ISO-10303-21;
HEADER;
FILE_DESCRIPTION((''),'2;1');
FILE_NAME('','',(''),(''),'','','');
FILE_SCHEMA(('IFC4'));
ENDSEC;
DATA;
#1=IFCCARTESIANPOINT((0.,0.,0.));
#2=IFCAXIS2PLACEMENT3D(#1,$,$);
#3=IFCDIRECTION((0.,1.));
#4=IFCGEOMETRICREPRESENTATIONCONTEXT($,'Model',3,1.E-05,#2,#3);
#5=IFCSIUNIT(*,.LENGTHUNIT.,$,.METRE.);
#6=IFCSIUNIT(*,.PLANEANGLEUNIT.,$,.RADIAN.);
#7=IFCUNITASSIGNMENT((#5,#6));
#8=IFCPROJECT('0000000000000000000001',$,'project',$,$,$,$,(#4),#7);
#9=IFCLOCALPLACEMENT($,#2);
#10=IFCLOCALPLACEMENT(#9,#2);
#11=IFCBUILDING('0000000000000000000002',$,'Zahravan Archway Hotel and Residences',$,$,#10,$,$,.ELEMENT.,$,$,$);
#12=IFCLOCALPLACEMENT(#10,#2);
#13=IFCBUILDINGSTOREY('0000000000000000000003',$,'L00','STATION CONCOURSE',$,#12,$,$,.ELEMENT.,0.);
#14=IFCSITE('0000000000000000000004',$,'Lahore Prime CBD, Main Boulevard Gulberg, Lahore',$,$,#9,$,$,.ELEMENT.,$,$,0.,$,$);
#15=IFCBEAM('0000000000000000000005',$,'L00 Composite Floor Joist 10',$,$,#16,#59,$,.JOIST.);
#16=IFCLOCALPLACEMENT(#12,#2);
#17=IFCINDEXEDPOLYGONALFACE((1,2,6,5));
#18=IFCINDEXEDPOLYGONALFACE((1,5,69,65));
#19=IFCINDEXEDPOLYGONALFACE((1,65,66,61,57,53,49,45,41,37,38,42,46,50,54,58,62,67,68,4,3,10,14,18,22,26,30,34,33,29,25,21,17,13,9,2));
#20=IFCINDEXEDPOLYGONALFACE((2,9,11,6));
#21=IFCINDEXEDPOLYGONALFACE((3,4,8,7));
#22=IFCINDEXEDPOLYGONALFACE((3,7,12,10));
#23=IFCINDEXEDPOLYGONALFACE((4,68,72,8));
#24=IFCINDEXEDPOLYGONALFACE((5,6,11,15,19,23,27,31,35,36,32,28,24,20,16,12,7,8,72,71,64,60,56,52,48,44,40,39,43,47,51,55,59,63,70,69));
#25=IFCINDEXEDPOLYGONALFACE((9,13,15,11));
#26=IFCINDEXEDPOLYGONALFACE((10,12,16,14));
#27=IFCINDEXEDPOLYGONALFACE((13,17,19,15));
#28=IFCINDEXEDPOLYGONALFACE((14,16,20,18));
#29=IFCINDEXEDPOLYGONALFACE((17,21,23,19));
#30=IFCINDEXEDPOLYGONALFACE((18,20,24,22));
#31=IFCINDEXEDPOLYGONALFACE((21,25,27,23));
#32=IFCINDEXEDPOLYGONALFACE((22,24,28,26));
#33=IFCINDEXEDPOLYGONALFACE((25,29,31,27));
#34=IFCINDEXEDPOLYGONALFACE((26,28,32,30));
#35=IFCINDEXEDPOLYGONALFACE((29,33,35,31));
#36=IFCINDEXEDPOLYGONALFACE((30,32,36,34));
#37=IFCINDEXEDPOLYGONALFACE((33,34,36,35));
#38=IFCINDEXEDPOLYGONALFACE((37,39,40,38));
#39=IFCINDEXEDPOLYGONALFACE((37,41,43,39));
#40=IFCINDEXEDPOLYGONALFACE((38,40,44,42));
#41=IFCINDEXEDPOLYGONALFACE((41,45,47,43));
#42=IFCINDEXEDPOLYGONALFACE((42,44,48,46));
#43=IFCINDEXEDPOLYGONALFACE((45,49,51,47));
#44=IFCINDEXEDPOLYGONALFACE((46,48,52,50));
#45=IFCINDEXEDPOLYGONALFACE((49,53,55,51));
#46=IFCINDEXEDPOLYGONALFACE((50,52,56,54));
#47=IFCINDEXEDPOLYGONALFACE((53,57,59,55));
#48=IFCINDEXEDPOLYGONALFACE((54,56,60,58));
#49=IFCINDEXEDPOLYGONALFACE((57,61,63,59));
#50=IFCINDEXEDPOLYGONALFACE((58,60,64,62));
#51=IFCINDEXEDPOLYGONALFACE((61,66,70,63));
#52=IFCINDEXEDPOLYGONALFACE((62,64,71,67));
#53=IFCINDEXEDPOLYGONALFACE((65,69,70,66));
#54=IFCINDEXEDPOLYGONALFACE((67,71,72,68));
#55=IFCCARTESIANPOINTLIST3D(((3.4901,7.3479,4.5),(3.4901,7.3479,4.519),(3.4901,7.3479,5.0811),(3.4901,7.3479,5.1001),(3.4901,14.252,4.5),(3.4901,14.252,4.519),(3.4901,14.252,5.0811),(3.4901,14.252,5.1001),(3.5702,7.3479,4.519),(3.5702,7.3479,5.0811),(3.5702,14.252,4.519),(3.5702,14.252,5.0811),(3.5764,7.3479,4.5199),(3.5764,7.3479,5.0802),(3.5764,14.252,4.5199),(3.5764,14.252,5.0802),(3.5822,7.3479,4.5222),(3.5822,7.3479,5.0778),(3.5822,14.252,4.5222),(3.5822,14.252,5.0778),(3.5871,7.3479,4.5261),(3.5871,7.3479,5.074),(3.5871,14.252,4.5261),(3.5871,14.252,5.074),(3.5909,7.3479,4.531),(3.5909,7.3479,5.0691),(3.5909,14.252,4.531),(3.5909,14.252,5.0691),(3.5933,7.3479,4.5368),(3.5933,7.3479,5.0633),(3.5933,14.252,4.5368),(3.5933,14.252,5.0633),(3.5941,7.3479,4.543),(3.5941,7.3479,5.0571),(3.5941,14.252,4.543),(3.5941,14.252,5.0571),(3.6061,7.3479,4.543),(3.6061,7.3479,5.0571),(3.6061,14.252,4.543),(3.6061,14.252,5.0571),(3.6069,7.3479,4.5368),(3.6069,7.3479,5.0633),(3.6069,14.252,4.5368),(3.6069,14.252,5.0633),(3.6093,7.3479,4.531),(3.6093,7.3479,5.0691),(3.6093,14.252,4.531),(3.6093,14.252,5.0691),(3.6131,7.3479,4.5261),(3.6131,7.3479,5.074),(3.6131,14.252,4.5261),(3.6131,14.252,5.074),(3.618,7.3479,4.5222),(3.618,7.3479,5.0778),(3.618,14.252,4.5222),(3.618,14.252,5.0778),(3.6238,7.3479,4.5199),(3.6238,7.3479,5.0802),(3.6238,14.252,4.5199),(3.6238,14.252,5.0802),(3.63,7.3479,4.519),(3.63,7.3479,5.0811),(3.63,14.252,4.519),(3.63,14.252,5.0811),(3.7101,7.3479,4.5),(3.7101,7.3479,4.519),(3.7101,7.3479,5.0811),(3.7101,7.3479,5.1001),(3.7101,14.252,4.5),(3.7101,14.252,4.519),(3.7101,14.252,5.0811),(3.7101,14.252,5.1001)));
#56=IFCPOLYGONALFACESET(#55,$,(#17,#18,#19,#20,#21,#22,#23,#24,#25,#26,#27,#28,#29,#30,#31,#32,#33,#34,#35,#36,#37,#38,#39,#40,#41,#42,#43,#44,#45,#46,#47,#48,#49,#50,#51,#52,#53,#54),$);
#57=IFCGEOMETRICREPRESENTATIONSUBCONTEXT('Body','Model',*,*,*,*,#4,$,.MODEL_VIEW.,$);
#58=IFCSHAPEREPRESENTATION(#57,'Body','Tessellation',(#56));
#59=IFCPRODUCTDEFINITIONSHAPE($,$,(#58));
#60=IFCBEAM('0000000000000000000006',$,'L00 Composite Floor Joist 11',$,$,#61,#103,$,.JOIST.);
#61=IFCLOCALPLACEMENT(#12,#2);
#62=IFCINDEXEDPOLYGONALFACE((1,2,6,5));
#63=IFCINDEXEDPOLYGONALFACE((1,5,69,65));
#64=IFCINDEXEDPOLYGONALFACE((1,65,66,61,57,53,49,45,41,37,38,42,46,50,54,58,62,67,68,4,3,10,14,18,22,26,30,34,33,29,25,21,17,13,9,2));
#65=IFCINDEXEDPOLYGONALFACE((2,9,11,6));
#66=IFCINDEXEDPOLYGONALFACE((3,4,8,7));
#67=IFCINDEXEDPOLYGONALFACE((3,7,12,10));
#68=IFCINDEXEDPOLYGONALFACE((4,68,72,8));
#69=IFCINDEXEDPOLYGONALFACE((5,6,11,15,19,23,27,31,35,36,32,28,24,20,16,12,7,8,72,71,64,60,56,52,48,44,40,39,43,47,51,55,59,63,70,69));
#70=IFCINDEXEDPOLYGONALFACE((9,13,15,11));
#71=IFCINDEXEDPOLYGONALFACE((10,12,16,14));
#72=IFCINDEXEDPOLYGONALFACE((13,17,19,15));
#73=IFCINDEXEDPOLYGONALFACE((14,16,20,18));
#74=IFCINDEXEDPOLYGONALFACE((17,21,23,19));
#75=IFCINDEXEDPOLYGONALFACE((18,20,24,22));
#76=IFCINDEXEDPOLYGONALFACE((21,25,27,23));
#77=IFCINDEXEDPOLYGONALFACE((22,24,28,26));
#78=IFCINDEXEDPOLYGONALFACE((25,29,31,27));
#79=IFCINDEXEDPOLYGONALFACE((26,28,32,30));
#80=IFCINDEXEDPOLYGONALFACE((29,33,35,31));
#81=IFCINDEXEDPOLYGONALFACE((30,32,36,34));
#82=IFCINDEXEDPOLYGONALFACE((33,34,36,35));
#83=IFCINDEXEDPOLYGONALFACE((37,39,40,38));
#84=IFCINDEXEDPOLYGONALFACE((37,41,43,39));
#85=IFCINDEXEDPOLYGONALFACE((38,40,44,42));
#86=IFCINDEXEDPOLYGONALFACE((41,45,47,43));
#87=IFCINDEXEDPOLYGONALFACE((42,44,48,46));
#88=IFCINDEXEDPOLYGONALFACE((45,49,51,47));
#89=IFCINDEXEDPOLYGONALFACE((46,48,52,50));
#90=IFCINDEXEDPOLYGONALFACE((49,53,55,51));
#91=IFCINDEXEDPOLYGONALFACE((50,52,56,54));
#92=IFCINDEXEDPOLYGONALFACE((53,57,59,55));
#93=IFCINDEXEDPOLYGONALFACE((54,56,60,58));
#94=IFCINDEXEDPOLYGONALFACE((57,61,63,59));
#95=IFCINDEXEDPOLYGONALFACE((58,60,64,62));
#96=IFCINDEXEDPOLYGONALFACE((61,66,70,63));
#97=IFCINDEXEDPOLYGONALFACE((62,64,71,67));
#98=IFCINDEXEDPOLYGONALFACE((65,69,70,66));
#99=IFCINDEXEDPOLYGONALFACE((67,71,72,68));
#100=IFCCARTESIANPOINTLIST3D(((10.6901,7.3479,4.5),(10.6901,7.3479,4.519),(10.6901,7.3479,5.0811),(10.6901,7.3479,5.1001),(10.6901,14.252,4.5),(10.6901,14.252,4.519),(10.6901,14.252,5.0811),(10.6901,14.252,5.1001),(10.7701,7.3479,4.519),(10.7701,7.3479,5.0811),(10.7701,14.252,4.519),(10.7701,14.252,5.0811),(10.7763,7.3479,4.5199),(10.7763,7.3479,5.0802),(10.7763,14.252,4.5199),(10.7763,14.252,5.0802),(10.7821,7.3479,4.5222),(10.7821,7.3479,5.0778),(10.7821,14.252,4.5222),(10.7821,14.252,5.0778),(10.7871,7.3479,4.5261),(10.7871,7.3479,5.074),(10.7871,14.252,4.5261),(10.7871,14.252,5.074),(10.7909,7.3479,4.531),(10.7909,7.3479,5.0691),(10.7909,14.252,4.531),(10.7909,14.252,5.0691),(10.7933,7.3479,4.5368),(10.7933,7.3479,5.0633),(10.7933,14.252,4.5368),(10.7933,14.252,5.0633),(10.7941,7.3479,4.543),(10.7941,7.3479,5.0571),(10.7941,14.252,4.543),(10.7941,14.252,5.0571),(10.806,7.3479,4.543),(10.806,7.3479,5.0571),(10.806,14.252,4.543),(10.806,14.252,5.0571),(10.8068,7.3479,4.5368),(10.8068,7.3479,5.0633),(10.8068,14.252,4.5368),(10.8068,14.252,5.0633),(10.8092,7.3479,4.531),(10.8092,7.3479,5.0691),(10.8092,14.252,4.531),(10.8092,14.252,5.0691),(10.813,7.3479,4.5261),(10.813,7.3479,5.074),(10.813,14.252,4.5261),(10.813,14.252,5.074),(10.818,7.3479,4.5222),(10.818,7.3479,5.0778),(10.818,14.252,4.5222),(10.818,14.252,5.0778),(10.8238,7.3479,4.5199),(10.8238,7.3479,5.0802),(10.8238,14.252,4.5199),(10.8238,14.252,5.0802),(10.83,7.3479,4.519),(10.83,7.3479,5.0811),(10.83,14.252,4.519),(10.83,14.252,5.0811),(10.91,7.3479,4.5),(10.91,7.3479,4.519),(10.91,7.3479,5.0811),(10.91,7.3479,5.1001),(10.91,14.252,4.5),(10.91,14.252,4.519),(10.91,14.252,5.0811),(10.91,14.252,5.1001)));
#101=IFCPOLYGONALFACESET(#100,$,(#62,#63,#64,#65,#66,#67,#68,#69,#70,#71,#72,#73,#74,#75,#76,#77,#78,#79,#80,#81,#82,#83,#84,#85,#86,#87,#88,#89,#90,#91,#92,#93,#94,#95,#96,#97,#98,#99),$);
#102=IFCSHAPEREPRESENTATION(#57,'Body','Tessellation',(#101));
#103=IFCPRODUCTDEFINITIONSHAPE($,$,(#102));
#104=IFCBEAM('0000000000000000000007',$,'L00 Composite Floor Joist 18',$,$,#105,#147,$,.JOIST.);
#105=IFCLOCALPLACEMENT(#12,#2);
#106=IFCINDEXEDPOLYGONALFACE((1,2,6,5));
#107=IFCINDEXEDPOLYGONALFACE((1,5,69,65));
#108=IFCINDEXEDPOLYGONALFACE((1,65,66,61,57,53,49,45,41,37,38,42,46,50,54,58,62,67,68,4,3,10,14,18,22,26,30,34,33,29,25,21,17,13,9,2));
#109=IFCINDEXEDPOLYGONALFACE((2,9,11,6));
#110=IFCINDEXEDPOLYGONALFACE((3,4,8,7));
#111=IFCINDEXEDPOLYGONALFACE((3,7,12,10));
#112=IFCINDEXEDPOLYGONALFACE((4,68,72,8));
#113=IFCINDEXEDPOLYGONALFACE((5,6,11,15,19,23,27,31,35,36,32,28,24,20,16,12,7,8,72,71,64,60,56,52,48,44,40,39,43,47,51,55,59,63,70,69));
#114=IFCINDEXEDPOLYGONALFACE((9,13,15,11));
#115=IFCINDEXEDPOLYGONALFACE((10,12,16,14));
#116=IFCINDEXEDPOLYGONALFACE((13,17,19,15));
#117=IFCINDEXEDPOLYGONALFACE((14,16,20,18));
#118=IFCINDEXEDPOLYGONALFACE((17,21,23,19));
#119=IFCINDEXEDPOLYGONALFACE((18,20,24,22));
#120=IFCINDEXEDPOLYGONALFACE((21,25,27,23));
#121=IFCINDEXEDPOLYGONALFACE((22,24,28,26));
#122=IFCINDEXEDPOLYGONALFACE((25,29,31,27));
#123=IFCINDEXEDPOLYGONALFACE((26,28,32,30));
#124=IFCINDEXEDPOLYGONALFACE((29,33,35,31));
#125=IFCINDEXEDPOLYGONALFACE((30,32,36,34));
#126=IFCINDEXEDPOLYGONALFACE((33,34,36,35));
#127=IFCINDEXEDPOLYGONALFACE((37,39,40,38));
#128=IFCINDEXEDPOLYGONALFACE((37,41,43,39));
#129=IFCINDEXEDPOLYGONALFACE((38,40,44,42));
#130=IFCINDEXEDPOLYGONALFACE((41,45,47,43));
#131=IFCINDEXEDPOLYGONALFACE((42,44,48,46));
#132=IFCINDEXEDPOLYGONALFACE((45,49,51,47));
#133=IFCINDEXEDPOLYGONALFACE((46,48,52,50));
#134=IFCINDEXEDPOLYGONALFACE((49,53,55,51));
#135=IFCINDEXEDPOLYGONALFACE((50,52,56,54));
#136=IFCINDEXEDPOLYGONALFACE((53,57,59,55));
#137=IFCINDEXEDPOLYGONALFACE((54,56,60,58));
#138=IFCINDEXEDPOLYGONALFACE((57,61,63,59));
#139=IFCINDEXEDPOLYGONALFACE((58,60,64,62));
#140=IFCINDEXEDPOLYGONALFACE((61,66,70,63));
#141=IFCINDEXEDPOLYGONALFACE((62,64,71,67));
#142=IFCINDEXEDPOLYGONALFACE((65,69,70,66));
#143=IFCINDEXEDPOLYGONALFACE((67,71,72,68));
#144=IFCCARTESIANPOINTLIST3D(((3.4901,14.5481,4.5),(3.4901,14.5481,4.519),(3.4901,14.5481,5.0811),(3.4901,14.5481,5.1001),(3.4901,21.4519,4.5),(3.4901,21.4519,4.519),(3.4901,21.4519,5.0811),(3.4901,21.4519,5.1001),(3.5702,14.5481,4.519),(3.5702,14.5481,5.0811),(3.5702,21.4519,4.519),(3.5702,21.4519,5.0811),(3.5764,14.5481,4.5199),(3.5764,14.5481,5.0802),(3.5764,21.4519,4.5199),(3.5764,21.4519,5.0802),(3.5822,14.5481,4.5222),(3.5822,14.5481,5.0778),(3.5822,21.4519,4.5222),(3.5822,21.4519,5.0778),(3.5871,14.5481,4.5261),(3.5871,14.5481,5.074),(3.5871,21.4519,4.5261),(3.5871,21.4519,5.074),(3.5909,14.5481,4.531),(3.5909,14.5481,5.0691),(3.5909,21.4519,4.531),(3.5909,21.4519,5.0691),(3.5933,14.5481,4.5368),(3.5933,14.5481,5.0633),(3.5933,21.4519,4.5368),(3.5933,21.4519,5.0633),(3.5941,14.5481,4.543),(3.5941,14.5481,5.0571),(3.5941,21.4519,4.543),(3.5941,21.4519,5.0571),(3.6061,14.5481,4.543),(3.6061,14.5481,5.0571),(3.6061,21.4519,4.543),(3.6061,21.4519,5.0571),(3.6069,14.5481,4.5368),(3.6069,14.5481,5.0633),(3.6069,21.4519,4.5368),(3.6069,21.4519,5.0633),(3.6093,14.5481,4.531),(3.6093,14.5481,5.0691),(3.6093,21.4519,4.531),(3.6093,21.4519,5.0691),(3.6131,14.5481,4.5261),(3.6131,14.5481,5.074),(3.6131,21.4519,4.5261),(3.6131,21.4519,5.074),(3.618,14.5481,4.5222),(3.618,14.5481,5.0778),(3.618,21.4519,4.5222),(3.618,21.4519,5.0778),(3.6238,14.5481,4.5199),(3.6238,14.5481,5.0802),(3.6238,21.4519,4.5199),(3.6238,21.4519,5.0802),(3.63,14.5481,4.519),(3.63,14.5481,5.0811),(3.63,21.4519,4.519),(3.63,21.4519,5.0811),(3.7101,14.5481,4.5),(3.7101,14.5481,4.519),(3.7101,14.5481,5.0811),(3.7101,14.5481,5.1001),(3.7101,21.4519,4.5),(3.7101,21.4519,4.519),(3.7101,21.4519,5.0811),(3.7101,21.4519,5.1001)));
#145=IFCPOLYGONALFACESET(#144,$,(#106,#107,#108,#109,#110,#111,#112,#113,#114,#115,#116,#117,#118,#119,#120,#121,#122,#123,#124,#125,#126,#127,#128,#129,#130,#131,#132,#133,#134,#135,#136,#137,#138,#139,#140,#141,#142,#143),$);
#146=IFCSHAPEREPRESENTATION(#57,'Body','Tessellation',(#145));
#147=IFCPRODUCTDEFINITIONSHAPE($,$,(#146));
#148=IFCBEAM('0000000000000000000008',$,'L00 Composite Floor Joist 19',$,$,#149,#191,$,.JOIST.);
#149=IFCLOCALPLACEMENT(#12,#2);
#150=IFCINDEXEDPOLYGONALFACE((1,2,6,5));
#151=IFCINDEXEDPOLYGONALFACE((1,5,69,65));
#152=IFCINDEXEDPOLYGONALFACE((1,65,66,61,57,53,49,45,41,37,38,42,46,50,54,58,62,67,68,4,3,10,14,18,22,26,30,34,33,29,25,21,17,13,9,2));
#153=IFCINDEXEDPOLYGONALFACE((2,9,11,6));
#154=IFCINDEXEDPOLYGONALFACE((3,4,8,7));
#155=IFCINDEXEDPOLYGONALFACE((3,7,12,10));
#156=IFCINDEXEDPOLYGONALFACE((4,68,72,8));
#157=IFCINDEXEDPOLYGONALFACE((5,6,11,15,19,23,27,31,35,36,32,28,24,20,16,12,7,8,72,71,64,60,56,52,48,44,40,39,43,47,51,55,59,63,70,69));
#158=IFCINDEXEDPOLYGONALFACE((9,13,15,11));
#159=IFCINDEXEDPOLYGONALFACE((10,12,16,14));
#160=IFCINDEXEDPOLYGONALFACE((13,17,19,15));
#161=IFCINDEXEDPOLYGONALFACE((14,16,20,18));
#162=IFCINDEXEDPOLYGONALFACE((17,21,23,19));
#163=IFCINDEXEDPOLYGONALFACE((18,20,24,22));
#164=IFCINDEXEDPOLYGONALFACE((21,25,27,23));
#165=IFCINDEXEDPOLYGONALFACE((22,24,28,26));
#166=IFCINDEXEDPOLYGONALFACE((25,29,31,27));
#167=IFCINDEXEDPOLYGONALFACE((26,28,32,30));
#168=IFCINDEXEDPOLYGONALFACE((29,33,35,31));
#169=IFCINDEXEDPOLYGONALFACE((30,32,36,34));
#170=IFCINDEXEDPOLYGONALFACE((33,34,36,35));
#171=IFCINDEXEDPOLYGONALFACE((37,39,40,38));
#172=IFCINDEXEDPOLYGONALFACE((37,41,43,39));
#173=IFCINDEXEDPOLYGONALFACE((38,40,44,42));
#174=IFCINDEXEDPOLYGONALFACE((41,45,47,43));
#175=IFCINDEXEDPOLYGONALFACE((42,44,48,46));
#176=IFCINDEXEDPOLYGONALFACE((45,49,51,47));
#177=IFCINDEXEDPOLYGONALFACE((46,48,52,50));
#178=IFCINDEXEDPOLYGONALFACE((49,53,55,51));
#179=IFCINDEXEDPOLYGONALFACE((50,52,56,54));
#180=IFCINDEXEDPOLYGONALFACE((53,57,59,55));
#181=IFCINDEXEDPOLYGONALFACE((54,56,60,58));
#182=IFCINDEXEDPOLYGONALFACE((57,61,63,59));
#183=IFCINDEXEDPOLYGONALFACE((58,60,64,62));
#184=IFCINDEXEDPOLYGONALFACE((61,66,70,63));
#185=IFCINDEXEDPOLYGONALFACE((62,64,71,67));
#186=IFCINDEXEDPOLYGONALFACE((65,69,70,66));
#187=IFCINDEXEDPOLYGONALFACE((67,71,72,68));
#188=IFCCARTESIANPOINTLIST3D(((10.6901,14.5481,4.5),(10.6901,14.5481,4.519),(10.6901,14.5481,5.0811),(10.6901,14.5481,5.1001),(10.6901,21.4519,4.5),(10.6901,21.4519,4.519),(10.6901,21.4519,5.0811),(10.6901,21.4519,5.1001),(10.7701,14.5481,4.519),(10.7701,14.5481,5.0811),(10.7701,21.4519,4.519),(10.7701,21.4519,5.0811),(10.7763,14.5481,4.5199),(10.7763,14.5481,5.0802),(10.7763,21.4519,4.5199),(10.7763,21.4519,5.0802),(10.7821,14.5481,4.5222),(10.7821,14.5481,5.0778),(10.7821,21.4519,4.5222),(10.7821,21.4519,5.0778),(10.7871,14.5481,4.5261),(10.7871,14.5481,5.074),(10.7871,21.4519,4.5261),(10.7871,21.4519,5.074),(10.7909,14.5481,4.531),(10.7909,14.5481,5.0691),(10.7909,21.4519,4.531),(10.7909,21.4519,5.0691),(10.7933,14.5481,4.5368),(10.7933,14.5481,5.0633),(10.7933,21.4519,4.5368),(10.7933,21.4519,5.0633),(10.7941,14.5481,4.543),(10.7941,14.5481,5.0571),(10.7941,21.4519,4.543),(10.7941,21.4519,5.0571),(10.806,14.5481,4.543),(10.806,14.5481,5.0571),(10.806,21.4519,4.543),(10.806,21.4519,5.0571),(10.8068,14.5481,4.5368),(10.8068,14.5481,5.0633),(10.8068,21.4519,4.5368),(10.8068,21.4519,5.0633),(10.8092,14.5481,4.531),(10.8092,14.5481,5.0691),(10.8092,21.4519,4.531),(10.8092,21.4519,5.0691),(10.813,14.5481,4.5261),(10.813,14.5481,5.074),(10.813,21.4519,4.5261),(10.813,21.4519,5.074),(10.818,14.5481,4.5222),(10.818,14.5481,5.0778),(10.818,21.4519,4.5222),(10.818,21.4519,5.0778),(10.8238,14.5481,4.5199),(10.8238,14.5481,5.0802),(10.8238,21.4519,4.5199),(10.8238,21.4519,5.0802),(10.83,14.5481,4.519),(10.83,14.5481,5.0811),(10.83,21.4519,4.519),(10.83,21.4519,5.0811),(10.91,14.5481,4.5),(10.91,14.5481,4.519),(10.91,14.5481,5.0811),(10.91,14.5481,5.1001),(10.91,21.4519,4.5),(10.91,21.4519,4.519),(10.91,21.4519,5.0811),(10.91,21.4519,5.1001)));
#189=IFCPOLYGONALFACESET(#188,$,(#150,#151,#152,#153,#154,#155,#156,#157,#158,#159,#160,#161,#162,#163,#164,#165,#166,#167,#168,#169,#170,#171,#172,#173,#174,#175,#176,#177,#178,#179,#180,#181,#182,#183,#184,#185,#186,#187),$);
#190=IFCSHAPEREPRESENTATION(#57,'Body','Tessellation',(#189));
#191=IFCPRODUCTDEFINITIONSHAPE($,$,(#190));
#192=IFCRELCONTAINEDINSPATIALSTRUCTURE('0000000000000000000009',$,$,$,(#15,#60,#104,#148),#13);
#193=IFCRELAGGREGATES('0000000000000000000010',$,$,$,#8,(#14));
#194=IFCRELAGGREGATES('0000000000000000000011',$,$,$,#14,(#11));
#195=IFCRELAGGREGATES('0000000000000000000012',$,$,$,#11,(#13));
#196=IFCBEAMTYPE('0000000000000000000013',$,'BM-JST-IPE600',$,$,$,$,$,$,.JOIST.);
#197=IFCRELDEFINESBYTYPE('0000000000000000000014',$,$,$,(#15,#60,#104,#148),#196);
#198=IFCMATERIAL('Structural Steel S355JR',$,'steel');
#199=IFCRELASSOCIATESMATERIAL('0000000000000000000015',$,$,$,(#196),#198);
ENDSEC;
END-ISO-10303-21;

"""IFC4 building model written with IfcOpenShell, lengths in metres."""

from ifc_helpers import new_model, si_unit, direction, frame, origin, origin_2d, place, context, subcontext, project, spatial, i_section, extrude, source, transform, mapped, material, material_profile, profile_set, type_object, type_shapes, element, save


model = new_model("IFC4")

# Units and contexts
model_context = context("Model", 3, precision=1e-05, world=origin(), true_north=direction((0.0, 1.0)))
body_context = subcontext(model_context, "Body", "Model", "MODEL_VIEW")
ifc_project = project(units=[si_unit("LENGTHUNIT", "METRE"), si_unit("PLANEANGLEUNIT", "RADIAN")], contexts=[model_context])

# Site, building, storey
site_placement = place(None, origin())
site = spatial("IfcSite", under=ifc_project, at=site_placement, Name="Lahore Prime CBD, Main Boulevard Gulberg, Lahore", CompositionType="ELEMENT", RefElevation=0.0)
building_placement = place(site_placement, origin())
building = spatial("IfcBuilding", under=site, at=building_placement, Name="Zahravan Archway Hotel and Residences", CompositionType="ELEMENT")
storey_placement = place(building_placement, origin())
storey = spatial("IfcBuildingStorey", under=building, at=storey_placement, Name="L00", Description="STATION CONCOURSE", CompositionType="ELEMENT", Elevation=0.0)

# Beams
ifc_material_1 = material(Name="Structural Steel S355JR", Category="steel")
ifc_material_profile_1 = material_profile(ifc_material_1, i_section(OverallWidth=0.22, OverallDepth=0.6001, WebThickness=0.012, FlangeThickness=0.019, FilletRadius=0.0239, at=origin_2d()), Name="IPE 600", Category="steel")
ifc_profile_set_1 = profile_set([ifc_material_profile_1], Name="Structural Steel S355JR")
beam_type_1 = type_object("IfcBeamType", Name="BM-JST-IPE600", PredefinedType="JOIST", material=ifc_profile_set_1)
shared_shape_1 = source(origin(), body_context, "Body", "SweptSolid", [
    extrude(i_section(OverallWidth=0.22, OverallDepth=0.6001, WebThickness=0.012, FlangeThickness=0.019, FilletRadius=0.0239, at=origin_2d()), origin(), (0.0, 0.0, 1.0), 6.9041),
])
type_shapes(beam_type_1, [shared_shape_1])
for number, where, z_axis, x_axis, name in (
    (1, (3.6001, 7.3479, 4.8), (0.0, 1.0, 0.0), (-1.0, 0.0, 0.0), "L00 Composite Floor Joist 10"),
    (2, (10.8, 7.3479, 4.8), (0.0, 1.0, 0.0), (-1.0, 0.0, 0.0), "L00 Composite Floor Joist 11"),
):
    element("IfcBeam", number, at=place(storey_placement, frame(where, z_axis=z_axis, x_axis=x_axis)), inside=storey, type_object=beam_type_1, Name=name, PredefinedType="JOIST", context=body_context, shape_type="MappedRepresentation", body=[
        mapped(shared_shape_1, transform((0.0, 0.0, 0.0), scale=1.0)),
    ])
shared_shape_2 = source(origin(), body_context, "Body", "SweptSolid", [
    extrude(i_section(OverallWidth=0.22, OverallDepth=0.6001, WebThickness=0.012, FlangeThickness=0.019, FilletRadius=0.0239, at=origin_2d()), origin(), (0.0, 0.0, 1.0), 6.9038),
])
for number, where, z_axis, x_axis, name in (
    (3, (3.6001, 14.5481, 4.8), (0.0, 1.0, 0.0), (-1.0, 0.0, 0.0), "L00 Composite Floor Joist 18"),
    (4, (10.8, 14.5481, 4.8), (0.0, 1.0, 0.0), (-1.0, 0.0, 0.0), "L00 Composite Floor Joist 19"),
):
    element("IfcBeam", number, at=place(storey_placement, frame(where, z_axis=z_axis, x_axis=x_axis)), inside=storey, type_object=beam_type_1, Name=name, PredefinedType="JOIST", context=body_context, shape_type="MappedRepresentation", body=[
        mapped(shared_shape_2, transform((0.0, 0.0, 0.0), scale=1.0)),
    ])

save(model, "model.ifc")
